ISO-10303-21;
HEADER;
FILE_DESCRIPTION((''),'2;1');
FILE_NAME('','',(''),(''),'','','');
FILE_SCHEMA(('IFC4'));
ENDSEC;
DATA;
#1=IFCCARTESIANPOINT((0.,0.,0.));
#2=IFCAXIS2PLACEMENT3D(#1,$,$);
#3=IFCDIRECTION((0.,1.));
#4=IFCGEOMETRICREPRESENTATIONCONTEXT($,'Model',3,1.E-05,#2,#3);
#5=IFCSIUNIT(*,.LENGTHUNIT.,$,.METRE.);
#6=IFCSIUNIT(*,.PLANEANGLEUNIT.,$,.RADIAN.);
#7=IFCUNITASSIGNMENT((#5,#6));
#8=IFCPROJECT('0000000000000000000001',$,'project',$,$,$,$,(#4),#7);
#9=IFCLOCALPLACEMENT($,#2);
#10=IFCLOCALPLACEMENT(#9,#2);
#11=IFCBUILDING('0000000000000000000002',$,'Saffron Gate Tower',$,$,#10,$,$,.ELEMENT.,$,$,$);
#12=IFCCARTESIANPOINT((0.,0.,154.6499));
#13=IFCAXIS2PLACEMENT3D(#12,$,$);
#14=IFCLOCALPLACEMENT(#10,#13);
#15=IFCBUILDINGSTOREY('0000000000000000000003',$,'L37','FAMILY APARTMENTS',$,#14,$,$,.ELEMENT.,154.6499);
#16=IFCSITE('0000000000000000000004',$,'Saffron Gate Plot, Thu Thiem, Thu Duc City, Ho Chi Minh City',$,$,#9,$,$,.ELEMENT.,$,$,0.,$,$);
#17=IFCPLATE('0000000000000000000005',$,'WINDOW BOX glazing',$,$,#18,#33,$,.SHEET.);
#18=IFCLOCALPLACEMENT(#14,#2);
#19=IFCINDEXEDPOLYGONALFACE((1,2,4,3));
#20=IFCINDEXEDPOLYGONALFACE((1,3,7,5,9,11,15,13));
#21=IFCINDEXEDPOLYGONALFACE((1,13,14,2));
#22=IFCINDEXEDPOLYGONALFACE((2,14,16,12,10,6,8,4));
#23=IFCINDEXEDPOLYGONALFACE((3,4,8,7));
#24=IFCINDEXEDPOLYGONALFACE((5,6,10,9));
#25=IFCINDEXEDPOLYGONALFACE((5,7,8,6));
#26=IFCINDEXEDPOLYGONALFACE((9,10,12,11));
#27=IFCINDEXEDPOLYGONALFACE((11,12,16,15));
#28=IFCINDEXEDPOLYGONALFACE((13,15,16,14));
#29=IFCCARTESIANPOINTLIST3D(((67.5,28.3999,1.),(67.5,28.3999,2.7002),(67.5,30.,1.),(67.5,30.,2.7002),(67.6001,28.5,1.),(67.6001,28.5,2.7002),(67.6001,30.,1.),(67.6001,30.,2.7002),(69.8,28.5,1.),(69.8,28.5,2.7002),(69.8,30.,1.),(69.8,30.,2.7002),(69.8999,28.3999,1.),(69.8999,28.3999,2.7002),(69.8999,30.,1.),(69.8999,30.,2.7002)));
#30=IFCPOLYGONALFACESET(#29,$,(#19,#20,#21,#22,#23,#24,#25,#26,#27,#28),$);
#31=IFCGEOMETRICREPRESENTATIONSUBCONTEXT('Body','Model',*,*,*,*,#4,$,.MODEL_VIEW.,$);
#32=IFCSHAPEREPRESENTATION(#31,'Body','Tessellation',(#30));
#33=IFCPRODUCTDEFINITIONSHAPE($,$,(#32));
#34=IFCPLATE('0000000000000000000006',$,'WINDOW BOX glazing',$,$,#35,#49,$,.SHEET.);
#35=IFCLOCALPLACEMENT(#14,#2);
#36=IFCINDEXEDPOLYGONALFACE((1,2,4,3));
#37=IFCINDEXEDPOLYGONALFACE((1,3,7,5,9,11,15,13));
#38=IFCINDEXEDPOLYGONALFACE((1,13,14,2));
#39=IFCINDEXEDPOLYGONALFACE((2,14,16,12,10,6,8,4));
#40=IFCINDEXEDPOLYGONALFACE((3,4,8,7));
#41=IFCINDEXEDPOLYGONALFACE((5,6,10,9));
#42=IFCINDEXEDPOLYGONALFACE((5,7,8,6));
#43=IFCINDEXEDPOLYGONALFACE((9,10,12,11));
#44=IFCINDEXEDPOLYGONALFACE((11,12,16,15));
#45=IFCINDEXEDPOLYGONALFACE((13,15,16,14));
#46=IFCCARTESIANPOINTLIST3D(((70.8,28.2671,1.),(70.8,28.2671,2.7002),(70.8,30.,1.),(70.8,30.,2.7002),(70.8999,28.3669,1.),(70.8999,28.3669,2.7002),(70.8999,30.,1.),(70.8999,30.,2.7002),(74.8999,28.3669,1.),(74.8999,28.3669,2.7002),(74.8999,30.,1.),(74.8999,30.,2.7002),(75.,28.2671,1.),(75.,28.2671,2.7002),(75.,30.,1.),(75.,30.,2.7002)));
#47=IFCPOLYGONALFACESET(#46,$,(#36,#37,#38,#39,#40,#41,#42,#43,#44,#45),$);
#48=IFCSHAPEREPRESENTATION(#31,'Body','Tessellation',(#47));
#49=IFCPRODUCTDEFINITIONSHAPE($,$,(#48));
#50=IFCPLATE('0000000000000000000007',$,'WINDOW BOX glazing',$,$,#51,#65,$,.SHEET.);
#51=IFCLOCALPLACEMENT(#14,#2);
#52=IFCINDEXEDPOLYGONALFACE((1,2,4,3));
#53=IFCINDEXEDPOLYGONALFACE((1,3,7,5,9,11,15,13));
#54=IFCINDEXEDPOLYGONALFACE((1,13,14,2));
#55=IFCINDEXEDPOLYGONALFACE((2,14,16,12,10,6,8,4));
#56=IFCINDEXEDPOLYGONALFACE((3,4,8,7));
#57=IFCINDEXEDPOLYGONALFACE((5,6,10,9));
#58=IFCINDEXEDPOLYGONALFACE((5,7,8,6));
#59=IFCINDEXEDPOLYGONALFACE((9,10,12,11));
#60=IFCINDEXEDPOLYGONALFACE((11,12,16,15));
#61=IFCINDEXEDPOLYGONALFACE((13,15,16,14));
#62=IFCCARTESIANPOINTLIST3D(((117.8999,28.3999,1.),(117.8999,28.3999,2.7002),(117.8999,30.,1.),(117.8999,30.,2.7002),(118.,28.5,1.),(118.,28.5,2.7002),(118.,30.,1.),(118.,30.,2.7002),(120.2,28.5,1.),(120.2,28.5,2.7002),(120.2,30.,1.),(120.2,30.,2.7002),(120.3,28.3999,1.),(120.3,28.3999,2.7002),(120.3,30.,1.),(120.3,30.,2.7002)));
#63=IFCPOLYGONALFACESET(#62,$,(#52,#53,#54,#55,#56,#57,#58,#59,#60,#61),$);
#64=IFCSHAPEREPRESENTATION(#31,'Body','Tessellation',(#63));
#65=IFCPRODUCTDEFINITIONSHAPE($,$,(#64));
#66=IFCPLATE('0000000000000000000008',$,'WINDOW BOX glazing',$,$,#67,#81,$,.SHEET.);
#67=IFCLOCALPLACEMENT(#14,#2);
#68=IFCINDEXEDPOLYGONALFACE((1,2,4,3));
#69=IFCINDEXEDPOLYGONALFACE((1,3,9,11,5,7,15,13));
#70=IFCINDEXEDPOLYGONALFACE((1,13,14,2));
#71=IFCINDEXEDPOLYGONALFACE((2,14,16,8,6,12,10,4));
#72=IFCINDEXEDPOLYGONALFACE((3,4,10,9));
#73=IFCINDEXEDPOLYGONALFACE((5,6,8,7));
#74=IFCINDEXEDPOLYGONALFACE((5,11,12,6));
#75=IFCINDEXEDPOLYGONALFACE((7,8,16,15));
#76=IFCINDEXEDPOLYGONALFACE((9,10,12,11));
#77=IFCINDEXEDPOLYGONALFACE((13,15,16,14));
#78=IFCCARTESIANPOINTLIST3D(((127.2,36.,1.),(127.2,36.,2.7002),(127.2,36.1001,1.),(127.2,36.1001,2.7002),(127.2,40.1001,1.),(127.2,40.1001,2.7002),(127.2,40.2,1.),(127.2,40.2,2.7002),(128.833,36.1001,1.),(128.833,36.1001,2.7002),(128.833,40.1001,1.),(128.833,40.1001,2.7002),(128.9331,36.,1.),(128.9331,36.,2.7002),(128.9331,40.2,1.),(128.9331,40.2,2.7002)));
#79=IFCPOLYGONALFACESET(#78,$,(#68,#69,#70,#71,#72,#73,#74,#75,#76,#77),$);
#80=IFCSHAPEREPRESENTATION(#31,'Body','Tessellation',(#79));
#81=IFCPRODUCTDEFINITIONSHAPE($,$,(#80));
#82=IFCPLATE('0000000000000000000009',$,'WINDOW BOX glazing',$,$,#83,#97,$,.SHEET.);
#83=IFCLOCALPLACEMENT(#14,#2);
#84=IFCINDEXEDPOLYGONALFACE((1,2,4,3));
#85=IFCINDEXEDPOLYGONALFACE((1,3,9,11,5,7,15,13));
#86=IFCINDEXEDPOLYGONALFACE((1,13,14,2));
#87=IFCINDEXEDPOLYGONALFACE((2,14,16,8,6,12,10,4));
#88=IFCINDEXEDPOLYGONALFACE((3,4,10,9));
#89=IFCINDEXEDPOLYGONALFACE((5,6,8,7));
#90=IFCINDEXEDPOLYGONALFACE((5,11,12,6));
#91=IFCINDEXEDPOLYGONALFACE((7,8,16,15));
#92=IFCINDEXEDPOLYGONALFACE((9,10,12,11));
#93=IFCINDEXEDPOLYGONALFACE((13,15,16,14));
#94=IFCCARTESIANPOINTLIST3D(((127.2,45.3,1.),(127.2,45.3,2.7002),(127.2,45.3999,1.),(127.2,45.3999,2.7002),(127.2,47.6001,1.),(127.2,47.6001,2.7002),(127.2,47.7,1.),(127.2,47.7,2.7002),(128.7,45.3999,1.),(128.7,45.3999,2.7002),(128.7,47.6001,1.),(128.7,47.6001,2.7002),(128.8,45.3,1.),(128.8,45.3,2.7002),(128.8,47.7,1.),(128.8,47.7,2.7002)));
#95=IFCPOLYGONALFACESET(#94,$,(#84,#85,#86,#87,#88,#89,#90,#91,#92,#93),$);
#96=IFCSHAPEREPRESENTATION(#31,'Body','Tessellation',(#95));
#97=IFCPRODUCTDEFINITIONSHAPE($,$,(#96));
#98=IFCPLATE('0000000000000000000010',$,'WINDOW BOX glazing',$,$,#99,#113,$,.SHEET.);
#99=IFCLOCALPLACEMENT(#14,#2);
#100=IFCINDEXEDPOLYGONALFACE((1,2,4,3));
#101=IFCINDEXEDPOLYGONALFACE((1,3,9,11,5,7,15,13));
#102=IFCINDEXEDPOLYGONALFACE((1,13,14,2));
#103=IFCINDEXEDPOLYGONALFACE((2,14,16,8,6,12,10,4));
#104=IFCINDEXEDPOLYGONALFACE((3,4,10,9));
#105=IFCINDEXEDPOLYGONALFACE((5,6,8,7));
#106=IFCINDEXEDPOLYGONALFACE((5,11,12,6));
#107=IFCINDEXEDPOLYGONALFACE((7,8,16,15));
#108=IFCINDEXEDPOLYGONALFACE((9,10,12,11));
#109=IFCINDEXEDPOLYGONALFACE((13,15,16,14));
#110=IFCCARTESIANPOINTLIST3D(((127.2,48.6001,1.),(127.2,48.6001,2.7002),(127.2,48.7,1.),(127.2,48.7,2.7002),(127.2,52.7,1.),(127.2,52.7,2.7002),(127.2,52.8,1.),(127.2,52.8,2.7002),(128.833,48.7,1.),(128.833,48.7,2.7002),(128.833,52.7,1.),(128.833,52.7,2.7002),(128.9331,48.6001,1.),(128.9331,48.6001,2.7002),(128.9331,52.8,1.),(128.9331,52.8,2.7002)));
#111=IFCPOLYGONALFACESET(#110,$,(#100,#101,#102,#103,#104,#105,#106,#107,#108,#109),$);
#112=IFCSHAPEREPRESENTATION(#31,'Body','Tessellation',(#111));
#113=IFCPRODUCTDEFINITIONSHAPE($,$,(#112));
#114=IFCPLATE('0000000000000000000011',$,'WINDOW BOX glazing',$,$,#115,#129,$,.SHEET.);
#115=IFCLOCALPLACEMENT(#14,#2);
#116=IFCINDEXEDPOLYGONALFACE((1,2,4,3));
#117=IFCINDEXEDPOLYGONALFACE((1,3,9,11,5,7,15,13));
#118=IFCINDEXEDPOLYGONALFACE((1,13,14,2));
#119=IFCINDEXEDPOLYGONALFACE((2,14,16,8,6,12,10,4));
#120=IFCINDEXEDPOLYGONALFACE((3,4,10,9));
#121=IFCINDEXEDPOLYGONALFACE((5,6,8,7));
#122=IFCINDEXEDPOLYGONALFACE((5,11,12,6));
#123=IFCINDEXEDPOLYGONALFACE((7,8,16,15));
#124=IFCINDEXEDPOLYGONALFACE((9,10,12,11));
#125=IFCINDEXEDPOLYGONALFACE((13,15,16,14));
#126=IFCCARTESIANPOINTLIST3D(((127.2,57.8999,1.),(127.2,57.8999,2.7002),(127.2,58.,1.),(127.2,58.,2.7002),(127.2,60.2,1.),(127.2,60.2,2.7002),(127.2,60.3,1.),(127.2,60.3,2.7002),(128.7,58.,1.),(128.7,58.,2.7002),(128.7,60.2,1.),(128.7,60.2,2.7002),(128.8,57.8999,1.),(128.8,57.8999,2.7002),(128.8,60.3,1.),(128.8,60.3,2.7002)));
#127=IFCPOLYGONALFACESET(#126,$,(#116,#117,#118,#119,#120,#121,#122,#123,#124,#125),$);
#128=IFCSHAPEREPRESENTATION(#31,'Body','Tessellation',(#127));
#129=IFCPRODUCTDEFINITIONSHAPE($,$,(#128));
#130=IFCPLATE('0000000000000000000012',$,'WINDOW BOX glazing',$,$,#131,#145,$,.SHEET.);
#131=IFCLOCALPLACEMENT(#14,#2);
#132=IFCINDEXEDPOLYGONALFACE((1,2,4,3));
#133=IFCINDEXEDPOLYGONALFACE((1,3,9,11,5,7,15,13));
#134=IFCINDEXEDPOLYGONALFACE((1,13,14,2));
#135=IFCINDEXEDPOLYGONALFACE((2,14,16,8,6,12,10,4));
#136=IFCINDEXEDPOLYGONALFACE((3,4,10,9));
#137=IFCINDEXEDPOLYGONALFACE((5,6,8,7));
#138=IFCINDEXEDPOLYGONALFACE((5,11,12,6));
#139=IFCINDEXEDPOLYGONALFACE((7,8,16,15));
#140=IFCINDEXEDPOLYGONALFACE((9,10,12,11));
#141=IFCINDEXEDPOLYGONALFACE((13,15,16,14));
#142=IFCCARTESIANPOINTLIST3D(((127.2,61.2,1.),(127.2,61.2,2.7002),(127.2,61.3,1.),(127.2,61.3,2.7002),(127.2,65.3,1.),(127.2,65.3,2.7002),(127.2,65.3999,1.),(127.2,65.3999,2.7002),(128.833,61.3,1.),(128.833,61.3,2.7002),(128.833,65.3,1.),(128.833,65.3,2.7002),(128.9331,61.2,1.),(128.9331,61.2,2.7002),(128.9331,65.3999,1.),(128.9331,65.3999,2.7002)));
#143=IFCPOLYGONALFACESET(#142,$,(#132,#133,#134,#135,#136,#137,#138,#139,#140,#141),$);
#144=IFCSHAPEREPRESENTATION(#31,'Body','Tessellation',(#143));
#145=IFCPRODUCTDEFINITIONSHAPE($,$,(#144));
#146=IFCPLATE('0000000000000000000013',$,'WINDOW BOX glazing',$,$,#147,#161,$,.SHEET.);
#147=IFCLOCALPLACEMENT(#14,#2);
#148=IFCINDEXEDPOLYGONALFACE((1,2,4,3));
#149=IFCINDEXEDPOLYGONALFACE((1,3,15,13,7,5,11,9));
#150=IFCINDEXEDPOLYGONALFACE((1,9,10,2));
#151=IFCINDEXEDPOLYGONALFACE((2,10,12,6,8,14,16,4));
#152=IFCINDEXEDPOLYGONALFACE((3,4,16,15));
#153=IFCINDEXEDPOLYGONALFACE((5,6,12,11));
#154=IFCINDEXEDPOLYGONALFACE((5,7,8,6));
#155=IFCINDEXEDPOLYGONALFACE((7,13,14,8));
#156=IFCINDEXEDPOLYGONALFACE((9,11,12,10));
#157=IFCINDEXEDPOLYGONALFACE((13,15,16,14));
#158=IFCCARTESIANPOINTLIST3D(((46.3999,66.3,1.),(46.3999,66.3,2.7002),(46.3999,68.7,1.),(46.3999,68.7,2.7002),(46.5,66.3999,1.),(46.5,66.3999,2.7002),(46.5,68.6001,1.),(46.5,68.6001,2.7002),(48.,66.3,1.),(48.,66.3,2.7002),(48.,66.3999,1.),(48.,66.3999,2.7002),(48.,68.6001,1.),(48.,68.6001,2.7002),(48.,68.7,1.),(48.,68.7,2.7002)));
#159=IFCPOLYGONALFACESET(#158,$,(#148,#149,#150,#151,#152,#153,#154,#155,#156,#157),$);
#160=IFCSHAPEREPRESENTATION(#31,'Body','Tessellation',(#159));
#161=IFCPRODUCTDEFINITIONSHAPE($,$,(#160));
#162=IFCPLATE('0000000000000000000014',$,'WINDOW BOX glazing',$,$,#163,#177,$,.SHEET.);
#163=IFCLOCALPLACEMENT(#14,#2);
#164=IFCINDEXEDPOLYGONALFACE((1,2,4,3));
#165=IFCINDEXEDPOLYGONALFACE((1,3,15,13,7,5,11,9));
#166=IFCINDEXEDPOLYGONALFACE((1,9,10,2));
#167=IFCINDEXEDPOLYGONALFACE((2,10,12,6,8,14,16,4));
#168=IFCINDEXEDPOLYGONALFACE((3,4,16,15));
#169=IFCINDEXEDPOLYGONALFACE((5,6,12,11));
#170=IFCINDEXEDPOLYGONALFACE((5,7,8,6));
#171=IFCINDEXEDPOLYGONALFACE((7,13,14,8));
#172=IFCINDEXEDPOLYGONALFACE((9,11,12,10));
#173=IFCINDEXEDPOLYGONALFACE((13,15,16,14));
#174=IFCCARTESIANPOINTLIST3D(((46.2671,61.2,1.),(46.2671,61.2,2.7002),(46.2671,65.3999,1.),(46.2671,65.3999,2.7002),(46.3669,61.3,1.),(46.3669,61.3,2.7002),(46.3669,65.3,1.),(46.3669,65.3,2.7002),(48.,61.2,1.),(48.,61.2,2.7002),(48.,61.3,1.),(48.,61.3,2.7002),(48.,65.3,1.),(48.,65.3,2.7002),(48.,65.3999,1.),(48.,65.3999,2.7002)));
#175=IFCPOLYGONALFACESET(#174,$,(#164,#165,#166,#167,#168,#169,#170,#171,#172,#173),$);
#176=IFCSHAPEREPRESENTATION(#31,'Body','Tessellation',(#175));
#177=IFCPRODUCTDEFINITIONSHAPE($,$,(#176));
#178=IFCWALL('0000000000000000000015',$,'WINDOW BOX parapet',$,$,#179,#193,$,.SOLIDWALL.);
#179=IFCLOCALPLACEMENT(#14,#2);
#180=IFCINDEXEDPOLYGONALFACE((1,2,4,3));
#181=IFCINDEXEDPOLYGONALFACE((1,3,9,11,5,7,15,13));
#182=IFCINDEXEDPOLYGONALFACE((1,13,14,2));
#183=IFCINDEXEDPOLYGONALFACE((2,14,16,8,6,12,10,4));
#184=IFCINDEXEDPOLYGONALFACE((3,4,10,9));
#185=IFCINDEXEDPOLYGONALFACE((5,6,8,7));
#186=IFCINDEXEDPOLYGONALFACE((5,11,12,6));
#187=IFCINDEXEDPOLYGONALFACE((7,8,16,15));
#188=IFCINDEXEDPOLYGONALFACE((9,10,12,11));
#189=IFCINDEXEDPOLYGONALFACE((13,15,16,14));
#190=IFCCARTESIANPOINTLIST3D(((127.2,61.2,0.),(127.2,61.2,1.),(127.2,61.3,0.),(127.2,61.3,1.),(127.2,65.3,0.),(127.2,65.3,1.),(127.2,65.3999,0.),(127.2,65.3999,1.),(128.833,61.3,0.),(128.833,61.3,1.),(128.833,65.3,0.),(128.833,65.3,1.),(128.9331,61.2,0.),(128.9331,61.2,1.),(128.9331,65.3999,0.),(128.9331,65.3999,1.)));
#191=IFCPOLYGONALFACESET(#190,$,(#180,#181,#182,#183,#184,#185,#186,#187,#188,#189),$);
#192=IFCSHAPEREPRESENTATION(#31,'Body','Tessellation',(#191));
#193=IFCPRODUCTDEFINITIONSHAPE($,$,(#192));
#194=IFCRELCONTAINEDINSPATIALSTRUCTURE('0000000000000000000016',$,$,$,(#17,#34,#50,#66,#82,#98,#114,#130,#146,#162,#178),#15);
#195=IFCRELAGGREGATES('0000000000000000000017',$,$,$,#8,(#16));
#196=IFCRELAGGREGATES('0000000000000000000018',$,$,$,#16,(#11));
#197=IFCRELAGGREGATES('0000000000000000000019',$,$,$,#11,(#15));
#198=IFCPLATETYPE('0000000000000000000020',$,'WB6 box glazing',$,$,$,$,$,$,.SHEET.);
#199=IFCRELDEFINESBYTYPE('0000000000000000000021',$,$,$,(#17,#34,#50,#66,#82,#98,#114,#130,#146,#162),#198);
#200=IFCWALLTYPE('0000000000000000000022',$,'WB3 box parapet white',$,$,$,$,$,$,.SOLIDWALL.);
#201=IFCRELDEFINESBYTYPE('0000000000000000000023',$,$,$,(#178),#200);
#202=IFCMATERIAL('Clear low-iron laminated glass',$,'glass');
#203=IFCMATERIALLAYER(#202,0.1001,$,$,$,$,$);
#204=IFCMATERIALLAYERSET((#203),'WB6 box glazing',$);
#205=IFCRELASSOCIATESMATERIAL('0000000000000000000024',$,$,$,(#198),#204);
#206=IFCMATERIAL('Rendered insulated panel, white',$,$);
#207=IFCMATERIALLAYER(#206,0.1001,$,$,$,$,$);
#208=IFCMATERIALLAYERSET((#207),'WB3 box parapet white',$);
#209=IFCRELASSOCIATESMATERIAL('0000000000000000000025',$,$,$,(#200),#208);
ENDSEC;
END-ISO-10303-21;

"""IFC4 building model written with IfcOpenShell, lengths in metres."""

from ifc_helpers import new_model, si_unit, direction, frame, origin, place, context, subcontext, project, spatial, polyline, outline, extrude, material, layer, layer_set, type_object, element, save


model = new_model("IFC4")

# Units and contexts
model_context = context("Model", 3, precision=1e-05, world=origin(), true_north=direction((0.0, 1.0)))
body_context = subcontext(model_context, "Body", "Model", "MODEL_VIEW")
ifc_project = project(units=[si_unit("LENGTHUNIT", "METRE"), si_unit("PLANEANGLEUNIT", "RADIAN")], contexts=[model_context])

# Site, building, storey
site_placement = place(None, origin())
site = spatial("IfcSite", under=ifc_project, at=site_placement, Name="Saffron Gate Plot, Thu Thiem, Thu Duc City, Ho Chi Minh City", CompositionType="ELEMENT", RefElevation=0.0)
building_placement = place(site_placement, origin())
building = spatial("IfcBuilding", under=site, at=building_placement, Name="Saffron Gate Tower", CompositionType="ELEMENT")
storey_placement = place(building_placement, frame((0.0, 0.0, 154.6499)))
storey = spatial("IfcBuildingStorey", under=building, at=storey_placement, Name="L37", Description="FAMILY APARTMENTS", CompositionType="ELEMENT", Elevation=154.6499)

# Plates
ifc_material_1 = material(Name="Clear low-iron laminated glass", Category="glass")
ifc_layer_1 = layer(ifc_material_1, 0.1001)
ifc_layer_set_1 = layer_set([ifc_layer_1], Name="WB6 box glazing")
plate_type_1 = type_object("IfcPlateType", Name="WB6 box glazing", PredefinedType="SHEET", material=ifc_layer_set_1)
plate_1_placement = place(storey_placement, frame((0.0, 0.0, 1.0)))
element("IfcPlate", 1, at=plate_1_placement, inside=storey, type_object=plate_type_1, Name="WINDOW BOX glazing", PredefinedType="SHEET", context=body_context, shape_type="SweptSolid", body=[
    extrude(outline(polyline([(67.5, 30.0), (67.6001, 30.0), (67.6001, 28.5), (69.8, 28.5), (69.8, 30.0), (69.8999, 30.0), (69.8999, 28.3999), (67.5, 28.3999), (67.5, 30.0)])), origin(), (0.0, 0.0, 1.0), 1.7002),
])
plate_2_placement = place(storey_placement, frame((0.0, 0.0, 1.0)))
element("IfcPlate", 2, at=plate_2_placement, inside=storey, type_object=plate_type_1, Name="WINDOW BOX glazing", PredefinedType="SHEET", context=body_context, shape_type="SweptSolid", body=[
    extrude(outline(polyline([(70.8, 30.0), (70.8999, 30.0), (70.8999, 28.3669), (74.8999, 28.3669), (74.8999, 30.0), (75.0, 30.0), (75.0, 28.2671), (70.8, 28.2671), (70.8, 30.0)])), origin(), (0.0, 0.0, 1.0), 1.7002),
])
plate_3_placement = place(storey_placement, frame((0.0, 0.0, 1.0)))
element("IfcPlate", 3, at=plate_3_placement, inside=storey, type_object=plate_type_1, Name="WINDOW BOX glazing", PredefinedType="SHEET", context=body_context, shape_type="SweptSolid", body=[
    extrude(outline(polyline([(117.8999, 30.0), (118.0, 30.0), (118.0, 28.5), (120.2, 28.5), (120.2, 30.0), (120.3, 30.0), (120.3, 28.3999), (117.8999, 28.3999), (117.8999, 30.0)])), origin(), (0.0, 0.0, 1.0), 1.7002),
])
plate_4_placement = place(storey_placement, frame((0.0, 0.0, 1.0)))
element("IfcPlate", 4, at=plate_4_placement, inside=storey, type_object=plate_type_1, Name="WINDOW BOX glazing", PredefinedType="SHEET", context=body_context, shape_type="SweptSolid", body=[
    extrude(outline(polyline([(127.2, 36.0), (127.2, 36.1001), (128.833, 36.1001), (128.833, 40.1001), (127.2, 40.1001), (127.2, 40.2), (128.9331, 40.2), (128.9331, 36.0), (127.2, 36.0)])), origin(), (0.0, 0.0, 1.0), 1.7002),
])
plate_5_placement = place(storey_placement, frame((0.0, 0.0, 1.0)))
element("IfcPlate", 5, at=plate_5_placement, inside=storey, type_object=plate_type_1, Name="WINDOW BOX glazing", PredefinedType="SHEET", context=body_context, shape_type="SweptSolid", body=[
    extrude(outline(polyline([(127.2, 45.3), (127.2, 45.3999), (128.7, 45.3999), (128.7, 47.6001), (127.2, 47.6001), (127.2, 47.7), (128.8, 47.7), (128.8, 45.3), (127.2, 45.3)])), origin(), (0.0, 0.0, 1.0), 1.7002),
])
plate_6_placement = place(storey_placement, frame((0.0, 0.0, 1.0)))
element("IfcPlate", 6, at=plate_6_placement, inside=storey, type_object=plate_type_1, Name="WINDOW BOX glazing", PredefinedType="SHEET", context=body_context, shape_type="SweptSolid", body=[
    extrude(outline(polyline([(127.2, 48.6001), (127.2, 48.7), (128.833, 48.7), (128.833, 52.7), (127.2, 52.7), (127.2, 52.8), (128.9331, 52.8), (128.9331, 48.6001), (127.2, 48.6001)])), origin(), (0.0, 0.0, 1.0), 1.7002),
])
plate_7_placement = place(storey_placement, frame((0.0, 0.0, 1.0)))
element("IfcPlate", 7, at=plate_7_placement, inside=storey, type_object=plate_type_1, Name="WINDOW BOX glazing", PredefinedType="SHEET", context=body_context, shape_type="SweptSolid", body=[
    extrude(outline(polyline([(127.2, 57.8999), (127.2, 58.0), (128.7, 58.0), (128.7, 60.2), (127.2, 60.2), (127.2, 60.3), (128.8, 60.3), (128.8, 57.8999), (127.2, 57.8999)])), origin(), (0.0, 0.0, 1.0), 1.7002),
])
plate_8_placement = place(storey_placement, frame((0.0, 0.0, 1.0)))
element("IfcPlate", 8, at=plate_8_placement, inside=storey, type_object=plate_type_1, Name="WINDOW BOX glazing", PredefinedType="SHEET", context=body_context, shape_type="SweptSolid", body=[
    extrude(outline(polyline([(127.2, 61.2), (127.2, 61.3), (128.833, 61.3), (128.833, 65.3), (127.2, 65.3), (127.2, 65.3999), (128.9331, 65.3999), (128.9331, 61.2), (127.2, 61.2)])), origin(), (0.0, 0.0, 1.0), 1.7002),
])
plate_9_placement = place(storey_placement, frame((0.0, 0.0, 1.0)))
element("IfcPlate", 9, at=plate_9_placement, inside=storey, type_object=plate_type_1, Name="WINDOW BOX glazing", PredefinedType="SHEET", context=body_context, shape_type="SweptSolid", body=[
    extrude(outline(polyline([(48.0, 68.7), (48.0, 68.6001), (46.5, 68.6001), (46.5, 66.3999), (48.0, 66.3999), (48.0, 66.3), (46.3999, 66.3), (46.3999, 68.7), (48.0, 68.7)])), origin(), (0.0, 0.0, 1.0), 1.7002),
])
plate_10_placement = place(storey_placement, frame((0.0, 0.0, 1.0)))
element("IfcPlate", 10, at=plate_10_placement, inside=storey, type_object=plate_type_1, Name="WINDOW BOX glazing", PredefinedType="SHEET", context=body_context, shape_type="SweptSolid", body=[
    extrude(outline(polyline([(48.0, 65.3999), (48.0, 65.3), (46.3669, 65.3), (46.3669, 61.3), (48.0, 61.3), (48.0, 61.2), (46.2671, 61.2), (46.2671, 65.3999), (48.0, 65.3999)])), origin(), (0.0, 0.0, 1.0), 1.7002),
])

# Wall
ifc_material_2 = material(Name="Rendered insulated panel, white")
ifc_layer_2 = layer(ifc_material_2, 0.1001)
ifc_layer_set_2 = layer_set([ifc_layer_2], Name="WB3 box parapet white")
wall_type = type_object("IfcWallType", Name="WB3 box parapet white", PredefinedType="SOLIDWALL", material=ifc_layer_set_2)
wall_1_placement = place(storey_placement, origin())
element("IfcWall", 11, at=wall_1_placement, inside=storey, type_object=wall_type, Name="WINDOW BOX parapet", PredefinedType="SOLIDWALL", context=body_context, shape_type="SweptSolid", body=[
    extrude(outline(polyline([(127.2, 61.2), (127.2, 61.3), (128.833, 61.3), (128.833, 65.3), (127.2, 65.3), (127.2, 65.3999), (128.9331, 65.3999), (128.9331, 61.2), (127.2, 61.2)])), origin(), (0.0, 0.0, 1.0), 1.0),
])

save(model, "model.ifc")
